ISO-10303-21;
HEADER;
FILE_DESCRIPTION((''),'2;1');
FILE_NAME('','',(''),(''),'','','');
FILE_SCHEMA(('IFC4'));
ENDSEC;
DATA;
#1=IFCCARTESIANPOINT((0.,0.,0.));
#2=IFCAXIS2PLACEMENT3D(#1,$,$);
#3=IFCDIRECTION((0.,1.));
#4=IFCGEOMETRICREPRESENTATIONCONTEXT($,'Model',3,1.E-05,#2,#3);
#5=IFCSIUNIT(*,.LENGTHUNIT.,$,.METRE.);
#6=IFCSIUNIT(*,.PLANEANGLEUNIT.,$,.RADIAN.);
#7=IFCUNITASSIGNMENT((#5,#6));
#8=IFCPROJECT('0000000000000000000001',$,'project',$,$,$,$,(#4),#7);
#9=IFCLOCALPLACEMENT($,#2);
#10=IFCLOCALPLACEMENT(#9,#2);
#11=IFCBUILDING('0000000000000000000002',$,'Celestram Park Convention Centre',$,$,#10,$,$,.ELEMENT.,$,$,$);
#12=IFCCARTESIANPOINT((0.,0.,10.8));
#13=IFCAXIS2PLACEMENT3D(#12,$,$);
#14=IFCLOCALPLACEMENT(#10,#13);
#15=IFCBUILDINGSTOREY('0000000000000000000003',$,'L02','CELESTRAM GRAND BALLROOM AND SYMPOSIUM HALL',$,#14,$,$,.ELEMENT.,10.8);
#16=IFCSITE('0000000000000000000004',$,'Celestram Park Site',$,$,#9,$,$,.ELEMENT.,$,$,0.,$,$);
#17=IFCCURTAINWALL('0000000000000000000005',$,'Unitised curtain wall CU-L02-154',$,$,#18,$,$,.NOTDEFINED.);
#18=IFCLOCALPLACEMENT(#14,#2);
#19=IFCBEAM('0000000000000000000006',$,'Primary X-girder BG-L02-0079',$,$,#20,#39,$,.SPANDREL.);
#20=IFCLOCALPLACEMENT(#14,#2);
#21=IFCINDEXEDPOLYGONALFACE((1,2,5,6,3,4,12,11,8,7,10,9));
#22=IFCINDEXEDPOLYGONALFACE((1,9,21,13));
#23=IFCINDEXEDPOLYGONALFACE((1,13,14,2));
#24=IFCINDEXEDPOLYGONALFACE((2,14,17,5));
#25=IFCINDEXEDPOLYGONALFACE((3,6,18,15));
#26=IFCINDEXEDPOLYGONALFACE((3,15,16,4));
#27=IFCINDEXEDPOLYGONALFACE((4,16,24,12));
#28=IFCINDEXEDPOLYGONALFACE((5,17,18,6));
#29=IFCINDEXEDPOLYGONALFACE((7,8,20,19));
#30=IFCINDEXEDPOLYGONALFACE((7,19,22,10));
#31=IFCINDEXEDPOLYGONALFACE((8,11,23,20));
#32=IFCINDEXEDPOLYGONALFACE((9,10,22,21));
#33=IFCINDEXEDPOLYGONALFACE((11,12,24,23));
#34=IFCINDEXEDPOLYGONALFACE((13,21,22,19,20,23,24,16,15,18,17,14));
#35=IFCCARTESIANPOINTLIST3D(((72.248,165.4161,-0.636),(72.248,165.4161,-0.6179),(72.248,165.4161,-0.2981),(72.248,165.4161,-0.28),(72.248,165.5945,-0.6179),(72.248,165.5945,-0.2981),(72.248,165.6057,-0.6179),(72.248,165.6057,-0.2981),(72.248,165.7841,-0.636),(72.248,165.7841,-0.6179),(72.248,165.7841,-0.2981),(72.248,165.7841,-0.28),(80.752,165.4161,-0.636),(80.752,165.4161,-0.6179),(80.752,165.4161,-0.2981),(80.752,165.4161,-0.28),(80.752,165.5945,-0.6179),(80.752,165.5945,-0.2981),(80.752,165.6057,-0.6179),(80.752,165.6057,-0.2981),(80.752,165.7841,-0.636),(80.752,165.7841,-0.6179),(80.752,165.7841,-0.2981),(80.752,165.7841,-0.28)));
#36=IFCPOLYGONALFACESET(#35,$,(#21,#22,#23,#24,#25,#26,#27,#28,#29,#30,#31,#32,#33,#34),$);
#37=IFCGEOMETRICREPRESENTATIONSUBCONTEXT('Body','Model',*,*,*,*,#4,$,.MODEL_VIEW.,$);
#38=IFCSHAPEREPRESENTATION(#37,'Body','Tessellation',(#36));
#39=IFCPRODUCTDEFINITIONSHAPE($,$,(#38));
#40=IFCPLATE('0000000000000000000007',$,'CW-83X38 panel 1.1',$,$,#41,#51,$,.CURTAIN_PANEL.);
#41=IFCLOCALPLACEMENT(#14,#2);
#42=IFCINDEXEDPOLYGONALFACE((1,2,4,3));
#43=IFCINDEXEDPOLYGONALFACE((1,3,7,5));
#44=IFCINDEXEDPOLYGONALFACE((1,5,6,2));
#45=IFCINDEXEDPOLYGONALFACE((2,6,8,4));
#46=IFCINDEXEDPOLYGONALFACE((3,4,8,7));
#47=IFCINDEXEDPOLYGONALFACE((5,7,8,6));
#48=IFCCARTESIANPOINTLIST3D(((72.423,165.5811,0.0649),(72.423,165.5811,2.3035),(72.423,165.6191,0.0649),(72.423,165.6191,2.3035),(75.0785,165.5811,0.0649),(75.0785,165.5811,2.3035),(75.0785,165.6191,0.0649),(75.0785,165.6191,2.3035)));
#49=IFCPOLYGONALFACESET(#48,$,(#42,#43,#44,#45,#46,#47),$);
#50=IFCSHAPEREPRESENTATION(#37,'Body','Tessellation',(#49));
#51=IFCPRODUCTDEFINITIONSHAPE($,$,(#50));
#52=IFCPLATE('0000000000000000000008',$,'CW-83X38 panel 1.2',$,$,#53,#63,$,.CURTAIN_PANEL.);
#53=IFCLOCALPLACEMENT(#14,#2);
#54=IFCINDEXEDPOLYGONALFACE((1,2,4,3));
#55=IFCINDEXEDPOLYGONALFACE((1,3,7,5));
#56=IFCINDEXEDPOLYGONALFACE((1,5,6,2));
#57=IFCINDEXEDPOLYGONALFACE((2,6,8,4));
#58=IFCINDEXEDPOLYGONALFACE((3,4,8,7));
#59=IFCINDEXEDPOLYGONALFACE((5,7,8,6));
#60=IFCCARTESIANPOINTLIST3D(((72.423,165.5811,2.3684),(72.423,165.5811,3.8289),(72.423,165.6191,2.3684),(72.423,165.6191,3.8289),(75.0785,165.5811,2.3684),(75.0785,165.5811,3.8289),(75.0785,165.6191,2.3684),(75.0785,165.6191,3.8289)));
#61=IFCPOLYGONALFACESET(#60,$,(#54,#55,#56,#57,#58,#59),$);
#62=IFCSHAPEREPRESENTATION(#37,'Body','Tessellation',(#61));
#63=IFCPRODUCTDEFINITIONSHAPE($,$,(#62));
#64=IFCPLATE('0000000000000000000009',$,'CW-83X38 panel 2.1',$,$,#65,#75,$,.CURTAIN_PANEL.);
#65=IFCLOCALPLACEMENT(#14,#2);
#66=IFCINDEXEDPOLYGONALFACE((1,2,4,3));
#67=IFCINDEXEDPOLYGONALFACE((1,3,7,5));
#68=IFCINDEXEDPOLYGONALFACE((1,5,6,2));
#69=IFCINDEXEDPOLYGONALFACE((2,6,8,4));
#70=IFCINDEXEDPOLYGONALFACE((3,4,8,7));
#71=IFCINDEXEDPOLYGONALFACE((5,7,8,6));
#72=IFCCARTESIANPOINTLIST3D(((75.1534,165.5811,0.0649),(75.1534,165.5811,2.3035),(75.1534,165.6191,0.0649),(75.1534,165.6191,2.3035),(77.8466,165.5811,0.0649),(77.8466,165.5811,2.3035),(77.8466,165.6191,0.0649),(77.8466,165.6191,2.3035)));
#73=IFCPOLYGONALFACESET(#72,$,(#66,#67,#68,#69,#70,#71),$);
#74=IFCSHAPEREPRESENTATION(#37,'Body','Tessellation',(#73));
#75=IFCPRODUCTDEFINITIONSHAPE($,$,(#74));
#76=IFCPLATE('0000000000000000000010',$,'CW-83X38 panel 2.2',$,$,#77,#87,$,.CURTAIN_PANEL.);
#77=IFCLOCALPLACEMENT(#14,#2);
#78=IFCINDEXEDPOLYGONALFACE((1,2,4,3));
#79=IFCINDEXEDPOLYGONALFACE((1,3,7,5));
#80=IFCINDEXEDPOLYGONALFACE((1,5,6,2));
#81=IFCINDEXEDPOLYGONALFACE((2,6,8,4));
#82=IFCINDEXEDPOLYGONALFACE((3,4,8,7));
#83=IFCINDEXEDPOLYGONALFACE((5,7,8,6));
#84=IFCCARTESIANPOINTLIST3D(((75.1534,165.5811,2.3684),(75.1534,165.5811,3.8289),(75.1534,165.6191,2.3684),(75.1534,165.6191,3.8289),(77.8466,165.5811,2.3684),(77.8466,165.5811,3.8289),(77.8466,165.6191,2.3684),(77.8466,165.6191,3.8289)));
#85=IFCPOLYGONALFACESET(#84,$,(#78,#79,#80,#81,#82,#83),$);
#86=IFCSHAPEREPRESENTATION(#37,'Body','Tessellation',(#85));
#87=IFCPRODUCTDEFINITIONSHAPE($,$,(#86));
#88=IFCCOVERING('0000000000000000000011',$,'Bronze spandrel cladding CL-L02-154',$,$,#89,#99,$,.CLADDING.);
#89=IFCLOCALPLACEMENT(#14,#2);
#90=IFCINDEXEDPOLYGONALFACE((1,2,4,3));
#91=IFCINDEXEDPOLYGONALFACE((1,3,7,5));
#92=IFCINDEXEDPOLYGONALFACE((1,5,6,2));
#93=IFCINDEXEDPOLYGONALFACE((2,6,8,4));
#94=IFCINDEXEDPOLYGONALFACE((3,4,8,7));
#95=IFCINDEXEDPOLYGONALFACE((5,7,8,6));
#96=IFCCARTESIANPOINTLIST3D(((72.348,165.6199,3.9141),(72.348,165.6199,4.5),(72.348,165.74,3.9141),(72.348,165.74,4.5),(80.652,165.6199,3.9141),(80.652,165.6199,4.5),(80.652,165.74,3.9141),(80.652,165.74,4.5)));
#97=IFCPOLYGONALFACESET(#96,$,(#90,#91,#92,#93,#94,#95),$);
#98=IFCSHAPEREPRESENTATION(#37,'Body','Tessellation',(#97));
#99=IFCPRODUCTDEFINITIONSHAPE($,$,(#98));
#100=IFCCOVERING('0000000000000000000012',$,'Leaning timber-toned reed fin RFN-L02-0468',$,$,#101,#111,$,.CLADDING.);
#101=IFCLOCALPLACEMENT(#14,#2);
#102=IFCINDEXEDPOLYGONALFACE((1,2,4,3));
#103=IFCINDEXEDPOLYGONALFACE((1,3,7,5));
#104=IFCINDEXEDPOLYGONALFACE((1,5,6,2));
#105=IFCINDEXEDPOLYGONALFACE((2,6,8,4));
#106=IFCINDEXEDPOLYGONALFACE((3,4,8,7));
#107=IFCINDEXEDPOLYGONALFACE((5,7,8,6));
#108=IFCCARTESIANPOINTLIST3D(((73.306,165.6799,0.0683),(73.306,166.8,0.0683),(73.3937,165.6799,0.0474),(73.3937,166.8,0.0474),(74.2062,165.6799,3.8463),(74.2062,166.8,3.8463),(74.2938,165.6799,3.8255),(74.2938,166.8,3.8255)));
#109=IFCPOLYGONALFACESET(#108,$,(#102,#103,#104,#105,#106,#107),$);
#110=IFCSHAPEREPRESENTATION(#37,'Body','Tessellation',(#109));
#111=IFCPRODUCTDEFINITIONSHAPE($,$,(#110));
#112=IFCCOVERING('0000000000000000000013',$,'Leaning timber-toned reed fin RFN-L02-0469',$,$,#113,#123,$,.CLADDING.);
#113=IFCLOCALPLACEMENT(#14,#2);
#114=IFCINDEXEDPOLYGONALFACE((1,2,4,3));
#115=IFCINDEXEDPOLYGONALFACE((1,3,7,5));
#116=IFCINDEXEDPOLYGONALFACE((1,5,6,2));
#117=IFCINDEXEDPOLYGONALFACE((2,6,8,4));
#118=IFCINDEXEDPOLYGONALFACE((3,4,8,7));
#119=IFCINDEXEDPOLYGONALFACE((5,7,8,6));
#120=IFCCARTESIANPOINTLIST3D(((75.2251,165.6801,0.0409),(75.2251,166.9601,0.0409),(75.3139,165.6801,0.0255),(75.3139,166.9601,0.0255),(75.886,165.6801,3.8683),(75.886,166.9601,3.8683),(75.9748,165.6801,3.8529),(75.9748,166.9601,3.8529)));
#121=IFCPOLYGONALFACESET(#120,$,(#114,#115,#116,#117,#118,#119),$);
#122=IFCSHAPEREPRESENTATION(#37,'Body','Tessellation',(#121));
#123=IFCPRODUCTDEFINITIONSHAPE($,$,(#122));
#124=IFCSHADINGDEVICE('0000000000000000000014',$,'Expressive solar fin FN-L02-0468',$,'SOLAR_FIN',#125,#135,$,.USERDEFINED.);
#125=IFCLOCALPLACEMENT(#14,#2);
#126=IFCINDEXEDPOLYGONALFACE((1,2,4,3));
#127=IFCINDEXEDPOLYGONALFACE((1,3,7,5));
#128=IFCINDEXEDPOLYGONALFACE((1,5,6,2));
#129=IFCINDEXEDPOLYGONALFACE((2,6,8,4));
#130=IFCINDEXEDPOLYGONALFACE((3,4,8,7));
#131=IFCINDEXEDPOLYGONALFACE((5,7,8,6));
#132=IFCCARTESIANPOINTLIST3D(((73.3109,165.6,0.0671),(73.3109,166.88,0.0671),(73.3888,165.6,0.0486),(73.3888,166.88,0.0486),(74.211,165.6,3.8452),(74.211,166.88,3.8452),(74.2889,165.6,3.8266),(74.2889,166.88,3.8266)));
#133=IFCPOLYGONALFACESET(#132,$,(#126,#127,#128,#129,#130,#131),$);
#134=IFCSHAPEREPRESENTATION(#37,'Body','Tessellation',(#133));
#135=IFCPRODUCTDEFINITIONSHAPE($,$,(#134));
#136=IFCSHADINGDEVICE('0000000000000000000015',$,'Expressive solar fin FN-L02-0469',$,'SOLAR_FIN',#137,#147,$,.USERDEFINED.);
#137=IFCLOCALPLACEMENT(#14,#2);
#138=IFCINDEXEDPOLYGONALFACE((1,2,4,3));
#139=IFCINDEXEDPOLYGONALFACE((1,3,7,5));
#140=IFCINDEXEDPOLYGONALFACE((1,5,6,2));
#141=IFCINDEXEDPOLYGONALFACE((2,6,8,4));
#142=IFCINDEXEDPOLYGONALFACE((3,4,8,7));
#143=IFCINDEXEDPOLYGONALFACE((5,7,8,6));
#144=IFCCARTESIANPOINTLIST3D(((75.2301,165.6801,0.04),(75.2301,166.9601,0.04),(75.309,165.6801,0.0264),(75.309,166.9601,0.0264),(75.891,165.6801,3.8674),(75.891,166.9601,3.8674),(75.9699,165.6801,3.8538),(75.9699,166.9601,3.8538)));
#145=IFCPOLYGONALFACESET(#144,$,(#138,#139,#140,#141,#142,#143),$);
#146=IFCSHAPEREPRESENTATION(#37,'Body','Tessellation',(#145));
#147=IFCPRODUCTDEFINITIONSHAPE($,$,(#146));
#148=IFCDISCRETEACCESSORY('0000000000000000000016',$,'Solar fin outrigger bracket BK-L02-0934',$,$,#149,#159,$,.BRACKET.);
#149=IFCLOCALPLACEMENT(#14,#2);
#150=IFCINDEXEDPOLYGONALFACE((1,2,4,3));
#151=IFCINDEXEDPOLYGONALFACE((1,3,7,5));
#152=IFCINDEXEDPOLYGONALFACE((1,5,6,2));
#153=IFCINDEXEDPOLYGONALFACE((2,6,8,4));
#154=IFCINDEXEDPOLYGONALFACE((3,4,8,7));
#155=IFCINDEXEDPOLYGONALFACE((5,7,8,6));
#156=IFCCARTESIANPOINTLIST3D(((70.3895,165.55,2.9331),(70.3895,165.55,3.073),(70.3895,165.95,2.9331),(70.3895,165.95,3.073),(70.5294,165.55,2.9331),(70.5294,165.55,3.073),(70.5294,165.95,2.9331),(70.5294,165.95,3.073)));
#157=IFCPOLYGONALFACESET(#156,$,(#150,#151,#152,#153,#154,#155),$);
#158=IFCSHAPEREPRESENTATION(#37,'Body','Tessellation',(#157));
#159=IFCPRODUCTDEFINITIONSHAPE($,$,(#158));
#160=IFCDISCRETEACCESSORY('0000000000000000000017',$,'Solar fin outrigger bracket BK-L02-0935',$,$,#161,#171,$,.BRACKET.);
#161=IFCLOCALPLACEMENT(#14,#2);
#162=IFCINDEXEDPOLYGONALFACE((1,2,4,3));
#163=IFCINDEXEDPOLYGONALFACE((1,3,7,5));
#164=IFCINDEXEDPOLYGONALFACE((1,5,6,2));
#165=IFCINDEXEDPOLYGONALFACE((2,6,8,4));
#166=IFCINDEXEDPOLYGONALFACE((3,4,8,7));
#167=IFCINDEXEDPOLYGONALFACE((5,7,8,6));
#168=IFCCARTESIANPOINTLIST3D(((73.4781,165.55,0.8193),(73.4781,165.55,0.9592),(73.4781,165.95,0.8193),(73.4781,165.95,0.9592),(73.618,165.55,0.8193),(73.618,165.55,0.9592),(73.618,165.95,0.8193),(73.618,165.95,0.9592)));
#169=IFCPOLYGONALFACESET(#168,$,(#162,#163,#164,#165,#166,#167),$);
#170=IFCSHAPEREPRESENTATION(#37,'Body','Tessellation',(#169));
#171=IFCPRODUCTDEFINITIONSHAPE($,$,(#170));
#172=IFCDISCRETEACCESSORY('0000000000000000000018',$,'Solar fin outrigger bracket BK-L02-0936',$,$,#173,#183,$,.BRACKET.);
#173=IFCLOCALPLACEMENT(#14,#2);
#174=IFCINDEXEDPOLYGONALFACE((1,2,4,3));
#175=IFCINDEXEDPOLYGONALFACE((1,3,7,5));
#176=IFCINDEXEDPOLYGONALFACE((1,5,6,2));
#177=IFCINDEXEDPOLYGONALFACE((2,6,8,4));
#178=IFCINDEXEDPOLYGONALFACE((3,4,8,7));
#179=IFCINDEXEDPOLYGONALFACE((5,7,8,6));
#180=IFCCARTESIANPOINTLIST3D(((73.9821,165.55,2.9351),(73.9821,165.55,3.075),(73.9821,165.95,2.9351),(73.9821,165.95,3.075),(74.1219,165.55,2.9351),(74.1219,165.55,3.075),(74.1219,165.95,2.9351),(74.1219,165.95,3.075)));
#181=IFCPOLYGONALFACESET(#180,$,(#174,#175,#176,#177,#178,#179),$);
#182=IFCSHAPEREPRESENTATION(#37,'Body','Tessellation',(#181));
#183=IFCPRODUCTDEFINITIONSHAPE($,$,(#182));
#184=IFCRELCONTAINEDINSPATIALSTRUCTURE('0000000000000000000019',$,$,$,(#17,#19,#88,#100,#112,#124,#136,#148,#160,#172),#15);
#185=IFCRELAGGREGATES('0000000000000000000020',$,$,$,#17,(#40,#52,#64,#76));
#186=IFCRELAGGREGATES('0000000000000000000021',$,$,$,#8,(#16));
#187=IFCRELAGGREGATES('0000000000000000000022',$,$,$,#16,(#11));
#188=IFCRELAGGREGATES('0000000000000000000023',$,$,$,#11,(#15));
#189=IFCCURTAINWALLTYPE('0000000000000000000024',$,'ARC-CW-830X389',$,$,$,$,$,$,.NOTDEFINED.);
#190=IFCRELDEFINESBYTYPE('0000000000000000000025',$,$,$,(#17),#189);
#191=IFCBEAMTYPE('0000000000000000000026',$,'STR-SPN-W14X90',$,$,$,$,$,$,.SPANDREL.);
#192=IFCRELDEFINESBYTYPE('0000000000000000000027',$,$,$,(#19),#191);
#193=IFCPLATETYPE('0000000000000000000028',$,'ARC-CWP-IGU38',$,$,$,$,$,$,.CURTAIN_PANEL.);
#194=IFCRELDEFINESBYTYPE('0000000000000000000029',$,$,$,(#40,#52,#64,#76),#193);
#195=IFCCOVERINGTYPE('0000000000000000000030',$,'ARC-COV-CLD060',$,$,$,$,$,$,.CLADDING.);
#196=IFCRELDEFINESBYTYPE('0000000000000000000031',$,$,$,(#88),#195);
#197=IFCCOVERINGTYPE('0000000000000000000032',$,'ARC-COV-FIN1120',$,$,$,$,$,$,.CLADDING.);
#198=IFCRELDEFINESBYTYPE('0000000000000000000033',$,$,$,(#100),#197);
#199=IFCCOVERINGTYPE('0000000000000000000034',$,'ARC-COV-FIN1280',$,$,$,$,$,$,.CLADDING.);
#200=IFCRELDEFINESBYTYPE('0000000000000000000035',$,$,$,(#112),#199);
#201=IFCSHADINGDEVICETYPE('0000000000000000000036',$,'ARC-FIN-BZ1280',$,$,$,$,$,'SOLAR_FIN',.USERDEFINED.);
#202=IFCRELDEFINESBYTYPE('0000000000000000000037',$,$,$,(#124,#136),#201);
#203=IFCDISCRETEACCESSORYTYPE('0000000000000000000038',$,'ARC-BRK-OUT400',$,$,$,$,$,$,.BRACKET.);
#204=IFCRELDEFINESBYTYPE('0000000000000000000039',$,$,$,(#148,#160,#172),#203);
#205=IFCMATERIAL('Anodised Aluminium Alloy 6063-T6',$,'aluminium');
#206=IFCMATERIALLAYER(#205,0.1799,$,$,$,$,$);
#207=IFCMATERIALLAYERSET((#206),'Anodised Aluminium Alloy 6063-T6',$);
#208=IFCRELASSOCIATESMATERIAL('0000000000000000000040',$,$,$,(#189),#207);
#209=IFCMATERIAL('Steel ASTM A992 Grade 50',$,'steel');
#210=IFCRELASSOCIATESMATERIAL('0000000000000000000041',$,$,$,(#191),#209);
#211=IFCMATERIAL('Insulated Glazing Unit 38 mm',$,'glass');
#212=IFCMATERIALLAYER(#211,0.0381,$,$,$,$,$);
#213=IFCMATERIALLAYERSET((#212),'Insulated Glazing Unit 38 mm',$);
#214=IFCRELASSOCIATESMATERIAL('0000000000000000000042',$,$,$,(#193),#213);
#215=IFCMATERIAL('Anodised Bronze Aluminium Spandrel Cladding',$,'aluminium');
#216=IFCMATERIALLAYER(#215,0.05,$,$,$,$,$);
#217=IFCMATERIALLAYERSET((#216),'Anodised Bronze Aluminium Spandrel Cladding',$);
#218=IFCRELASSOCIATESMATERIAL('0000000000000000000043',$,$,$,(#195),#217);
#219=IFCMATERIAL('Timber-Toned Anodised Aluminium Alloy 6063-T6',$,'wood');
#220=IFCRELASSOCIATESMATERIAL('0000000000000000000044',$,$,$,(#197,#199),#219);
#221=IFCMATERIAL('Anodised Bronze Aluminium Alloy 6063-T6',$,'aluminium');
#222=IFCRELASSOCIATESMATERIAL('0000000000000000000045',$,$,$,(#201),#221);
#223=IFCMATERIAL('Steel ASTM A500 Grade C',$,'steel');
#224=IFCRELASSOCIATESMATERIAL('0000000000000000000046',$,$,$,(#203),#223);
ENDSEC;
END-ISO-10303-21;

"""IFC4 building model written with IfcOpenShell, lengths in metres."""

from ifc_helpers import new_model, si_unit, direction, frame, origin, origin_2d, place, context, subcontext, project, spatial, rectangle, i_section, extrude, material, layer, layer_set, material_profile, profile_set, type_object, element, aggregate, save


model = new_model("IFC4")

# Units and contexts
model_context = context("Model", 3, precision=1e-05, world=origin(), true_north=direction((0.0, 1.0)))
body_context = subcontext(model_context, "Body", "Model", "MODEL_VIEW")
ifc_project = project(units=[si_unit("LENGTHUNIT", "METRE"), si_unit("PLANEANGLEUNIT", "RADIAN")], contexts=[model_context])

# Site, building, storey
site_placement = place(None, origin())
site = spatial("IfcSite", under=ifc_project, at=site_placement, Name="Celestram Park Site", CompositionType="ELEMENT", RefElevation=0.0)
building_placement = place(site_placement, origin())
building = spatial("IfcBuilding", under=site, at=building_placement, Name="Celestram Park Convention Centre", CompositionType="ELEMENT")
storey_placement = place(building_placement, frame((0.0, 0.0, 10.8)))
storey = spatial("IfcBuildingStorey", under=building, at=storey_placement, Name="L02", Description="CELESTRAM GRAND BALLROOM AND SYMPOSIUM HALL", CompositionType="ELEMENT", Elevation=10.8)

# Shared definitions
ifc_material_1 = material(Name="Anodised Aluminium Alloy 6063-T6", Category="aluminium")
ifc_layer_1 = layer(ifc_material_1, 0.1799)
ifc_layer_set_1 = layer_set([ifc_layer_1], Name="Anodised Aluminium Alloy 6063-T6")
curtain_wall_type = type_object("IfcCurtainWallType", Name="ARC-CW-830X389", PredefinedType="NOTDEFINED", material=ifc_layer_set_1)

# Curtain wall
curtain_wall_1_placement = place(storey_placement, origin())
curtain_wall_1 = element("IfcCurtainWall", 1, at=curtain_wall_1_placement, inside=storey, type_object=curtain_wall_type, Name="Unitised curtain wall CU-L02-154", PredefinedType="NOTDEFINED")

# Beam
ifc_material_2 = material(Name="Steel ASTM A992 Grade 50", Category="steel")
ifc_material_profile_1 = material_profile(ifc_material_2, i_section(OverallWidth=0.3679, OverallDepth=0.356, WebThickness=0.0112, FlangeThickness=0.0181, at=origin_2d()), Name="W14X90")
ifc_profile_set_1 = profile_set([ifc_material_profile_1], Name="Steel ASTM A992 Grade 50")
beam_type = type_object("IfcBeamType", Name="STR-SPN-W14X90", PredefinedType="SPANDREL", material=ifc_profile_set_1)
beam_placement = place(storey_placement, frame((72.248, 165.6001, -0.458), z_axis=(1.0, 0.0, 0.0), x_axis=(0.0, 1.0, 0.0)))
element("IfcBeam", 2, at=beam_placement, inside=storey, type_object=beam_type, Name="Primary X-girder BG-L02-0079", PredefinedType="SPANDREL", context=body_context, shape_type="SweptSolid", body=[
    extrude(i_section(OverallWidth=0.3679, OverallDepth=0.356, WebThickness=0.0112, FlangeThickness=0.0181, at=origin_2d()), origin(), (0.0, 0.0, 1.0), 8.5039),
])

# Plates
ifc_material_3 = material(Name="Insulated Glazing Unit 38 mm", Category="glass")
ifc_layer_2 = layer(ifc_material_3, 0.0381)
ifc_layer_set_2 = layer_set([ifc_layer_2], Name="Insulated Glazing Unit 38 mm")
plate_type = type_object("IfcPlateType", Name="ARC-CWP-IGU38", PredefinedType="CURTAIN_PANEL", material=ifc_layer_set_2)
plate_1_placement = place(storey_placement, frame((73.7507, 165.6001, 0.0649), z_axis=(0.0, 0.0, 1.0), x_axis=(1.0, 0.0, 0.0)))
plate_1 = element("IfcPlate", 3, at=plate_1_placement, type_object=plate_type, Name="CW-83X38 panel 1.1", PredefinedType="CURTAIN_PANEL", context=body_context, shape_type="SweptSolid", body=[
    extrude(rectangle(XDim=2.6555, YDim=0.0381, at=origin_2d()), origin(), (0.0, 0.0, 1.0), 2.2385),
])
plate_2_placement = place(storey_placement, frame((73.7507, 165.6001, 2.3684), z_axis=(0.0, 0.0, 1.0), x_axis=(1.0, 0.0, 0.0)))
plate_2 = element("IfcPlate", 4, at=plate_2_placement, type_object=plate_type, Name="CW-83X38 panel 1.2", PredefinedType="CURTAIN_PANEL", context=body_context, shape_type="SweptSolid", body=[
    extrude(rectangle(XDim=2.6555, YDim=0.0381, at=origin_2d()), origin(), (0.0, 0.0, 1.0), 1.4604),
])
plate_3_placement = place(storey_placement, frame((76.5, 165.6001, 0.0649), z_axis=(0.0, 0.0, 1.0), x_axis=(1.0, 0.0, 0.0)))
plate_3 = element("IfcPlate", 5, at=plate_3_placement, type_object=plate_type, Name="CW-83X38 panel 2.1", PredefinedType="CURTAIN_PANEL", context=body_context, shape_type="SweptSolid", body=[
    extrude(rectangle(XDim=2.6931, YDim=0.0381, at=origin_2d()), origin(), (0.0, 0.0, 1.0), 2.2385),
])
plate_4_placement = place(storey_placement, frame((76.5, 165.6001, 2.3684), z_axis=(0.0, 0.0, 1.0), x_axis=(1.0, 0.0, 0.0)))
plate_4 = element("IfcPlate", 6, at=plate_4_placement, type_object=plate_type, Name="CW-83X38 panel 2.2", PredefinedType="CURTAIN_PANEL", context=body_context, shape_type="SweptSolid", body=[
    extrude(rectangle(XDim=2.6931, YDim=0.0381, at=origin_2d()), origin(), (0.0, 0.0, 1.0), 1.4604),
])
aggregate(curtain_wall_1, [plate_1, plate_2, plate_3, plate_4])

# Coverings
ifc_material_4 = material(Name="Anodised Bronze Aluminium Spandrel Cladding", Category="aluminium")
ifc_layer_3 = layer(ifc_material_4, 0.05)
ifc_layer_set_3 = layer_set([ifc_layer_3], Name="Anodised Bronze Aluminium Spandrel Cladding")
covering_type_1 = type_object("IfcCoveringType", Name="ARC-COV-CLD060", PredefinedType="CLADDING", material=ifc_layer_set_3)
covering_1_placement = place(storey_placement, frame((76.5, 165.6799, 3.9141), z_axis=(0.0, 0.0, 1.0), x_axis=(1.0, 0.0, 0.0)))
element("IfcCovering", 7, at=covering_1_placement, inside=storey, type_object=covering_type_1, Name="Bronze spandrel cladding CL-L02-154", PredefinedType="CLADDING", context=body_context, shape_type="SweptSolid", body=[
    extrude(rectangle(XDim=8.304, YDim=0.1201, at=origin_2d()), origin(), (0.0, 0.0, 1.0), 0.5859),
])
ifc_material_5 = material(Name="Timber-Toned Anodised Aluminium Alloy 6063-T6", Category="wood")
ifc_material_profile_2 = material_profile(ifc_material_5, rectangle(XDim=1.1201, YDim=0.0901, at=origin_2d()), Name="REED1120X90")
ifc_profile_set_2 = profile_set([ifc_material_profile_2], Name="Timber-Toned Anodised Aluminium Alloy 6063-T6")
covering_type_2 = type_object("IfcCoveringType", Name="ARC-COV-FIN1120", PredefinedType="CLADDING", material=ifc_profile_set_2)
covering_2_placement = place(storey_placement, frame((73.3499, 166.24, 0.0579), z_axis=(0.231768, 0.0, 0.972771), x_axis=(0.0, 1.0, 0.0)))
element("IfcCovering", 8, at=covering_2_placement, inside=storey, type_object=covering_type_2, Name="Leaning timber-toned reed fin RFN-L02-0468", PredefinedType="CLADDING", context=body_context, shape_type="SweptSolid", body=[
    extrude(rectangle(XDim=1.1201, YDim=0.0901, at=origin_2d()), origin(), (0.0, 0.0, 1.0), 3.8838),
])
ifc_material_profile_3 = material_profile(ifc_material_5, rectangle(XDim=1.28, YDim=0.0901, at=origin_2d()), Name="REED1280X90")
ifc_profile_set_3 = profile_set([ifc_material_profile_3], Name="Timber-Toned Anodised Aluminium Alloy 6063-T6")
covering_type_3 = type_object("IfcCoveringType", Name="ARC-COV-FIN1280", PredefinedType="CLADDING", material=ifc_profile_set_3)
covering_3_placement = place(storey_placement, frame((75.2695, 166.3201, 0.0332), z_axis=(0.170155, 0.0, 0.985417), x_axis=(0.0, 1.0, 0.0)))
element("IfcCovering", 9, at=covering_3_placement, inside=storey, type_object=covering_type_3, Name="Leaning timber-toned reed fin RFN-L02-0469", PredefinedType="CLADDING", context=body_context, shape_type="SweptSolid", body=[
    extrude(rectangle(XDim=1.28, YDim=0.0901, at=origin_2d()), origin(), (0.0, 0.0, 1.0), 3.884),
])

# Shading devices
ifc_material_6 = material(Name="Anodised Bronze Aluminium Alloy 6063-T6", Category="aluminium")
ifc_material_profile_4 = material_profile(ifc_material_6, rectangle(XDim=1.28, YDim=0.0801, at=origin_2d()), Name="FIN1280X80")
ifc_profile_set_4 = profile_set([ifc_material_profile_4], Name="Anodised Bronze Aluminium Alloy 6063-T6")
shading_device_type = type_object("IfcShadingDeviceType", Name="ARC-FIN-BZ1280", ElementType="SOLAR_FIN", PredefinedType="USERDEFINED", material=ifc_profile_set_4)
shading_device_1_placement = place(storey_placement, frame((73.3499, 166.24, 0.0579), z_axis=(0.231768, 0.0, 0.972771), x_axis=(0.0, 1.0, 0.0)))
element("IfcShadingDevice", 10, at=shading_device_1_placement, inside=storey, type_object=shading_device_type, Name="Expressive solar fin FN-L02-0468", ObjectType="SOLAR_FIN", PredefinedType="USERDEFINED", context=body_context, shape_type="SweptSolid", body=[
    extrude(rectangle(XDim=1.28, YDim=0.0801, at=origin_2d()), origin(), (0.0, 0.0, 1.0), 3.8838),
])
shading_device_2_placement = place(storey_placement, frame((75.2695, 166.3201, 0.0332), z_axis=(0.170155, 0.0, 0.985417), x_axis=(0.0, 1.0, 0.0)))
element("IfcShadingDevice", 11, at=shading_device_2_placement, inside=storey, type_object=shading_device_type, Name="Expressive solar fin FN-L02-0469", ObjectType="SOLAR_FIN", PredefinedType="USERDEFINED", context=body_context, shape_type="SweptSolid", body=[
    extrude(rectangle(XDim=1.28, YDim=0.0801, at=origin_2d()), origin(), (0.0, 0.0, 1.0), 3.884),
])

# Discrete accessories
ifc_material_7 = material(Name="Steel ASTM A500 Grade C", Category="steel")
discrete_accessory_type = type_object("IfcDiscreteAccessoryType", Name="ARC-BRK-OUT400", PredefinedType="BRACKET", material=ifc_material_7)
for number, where, z_axis, x_axis, name in (
    (12, (70.4595, 165.75, 2.9331), (0.0, 0.0, 1.0), (0.0, 1.0, 0.0), "Solar fin outrigger bracket BK-L02-0934"),
    (13, (73.5481, 165.75, 0.8193), (0.0, 0.0, 1.0), (0.0, 1.0, 0.0), "Solar fin outrigger bracket BK-L02-0935"),
    (14, (74.052, 165.75, 2.9351), (0.0, 0.0, 1.0), (0.0, 1.0, 0.0), "Solar fin outrigger bracket BK-L02-0936"),
):
    element("IfcDiscreteAccessory", number, at=place(storey_placement, frame(where, z_axis=z_axis, x_axis=x_axis)), inside=storey, type_object=discrete_accessory_type, Name=name, PredefinedType="BRACKET", context=body_context, shape_type="SweptSolid", body=[
        extrude(rectangle(XDim=0.3999, YDim=0.1399, at=origin_2d()), origin(), (0.0, 0.0, 1.0), 0.1399),
    ])

save(model, "model.ifc")
